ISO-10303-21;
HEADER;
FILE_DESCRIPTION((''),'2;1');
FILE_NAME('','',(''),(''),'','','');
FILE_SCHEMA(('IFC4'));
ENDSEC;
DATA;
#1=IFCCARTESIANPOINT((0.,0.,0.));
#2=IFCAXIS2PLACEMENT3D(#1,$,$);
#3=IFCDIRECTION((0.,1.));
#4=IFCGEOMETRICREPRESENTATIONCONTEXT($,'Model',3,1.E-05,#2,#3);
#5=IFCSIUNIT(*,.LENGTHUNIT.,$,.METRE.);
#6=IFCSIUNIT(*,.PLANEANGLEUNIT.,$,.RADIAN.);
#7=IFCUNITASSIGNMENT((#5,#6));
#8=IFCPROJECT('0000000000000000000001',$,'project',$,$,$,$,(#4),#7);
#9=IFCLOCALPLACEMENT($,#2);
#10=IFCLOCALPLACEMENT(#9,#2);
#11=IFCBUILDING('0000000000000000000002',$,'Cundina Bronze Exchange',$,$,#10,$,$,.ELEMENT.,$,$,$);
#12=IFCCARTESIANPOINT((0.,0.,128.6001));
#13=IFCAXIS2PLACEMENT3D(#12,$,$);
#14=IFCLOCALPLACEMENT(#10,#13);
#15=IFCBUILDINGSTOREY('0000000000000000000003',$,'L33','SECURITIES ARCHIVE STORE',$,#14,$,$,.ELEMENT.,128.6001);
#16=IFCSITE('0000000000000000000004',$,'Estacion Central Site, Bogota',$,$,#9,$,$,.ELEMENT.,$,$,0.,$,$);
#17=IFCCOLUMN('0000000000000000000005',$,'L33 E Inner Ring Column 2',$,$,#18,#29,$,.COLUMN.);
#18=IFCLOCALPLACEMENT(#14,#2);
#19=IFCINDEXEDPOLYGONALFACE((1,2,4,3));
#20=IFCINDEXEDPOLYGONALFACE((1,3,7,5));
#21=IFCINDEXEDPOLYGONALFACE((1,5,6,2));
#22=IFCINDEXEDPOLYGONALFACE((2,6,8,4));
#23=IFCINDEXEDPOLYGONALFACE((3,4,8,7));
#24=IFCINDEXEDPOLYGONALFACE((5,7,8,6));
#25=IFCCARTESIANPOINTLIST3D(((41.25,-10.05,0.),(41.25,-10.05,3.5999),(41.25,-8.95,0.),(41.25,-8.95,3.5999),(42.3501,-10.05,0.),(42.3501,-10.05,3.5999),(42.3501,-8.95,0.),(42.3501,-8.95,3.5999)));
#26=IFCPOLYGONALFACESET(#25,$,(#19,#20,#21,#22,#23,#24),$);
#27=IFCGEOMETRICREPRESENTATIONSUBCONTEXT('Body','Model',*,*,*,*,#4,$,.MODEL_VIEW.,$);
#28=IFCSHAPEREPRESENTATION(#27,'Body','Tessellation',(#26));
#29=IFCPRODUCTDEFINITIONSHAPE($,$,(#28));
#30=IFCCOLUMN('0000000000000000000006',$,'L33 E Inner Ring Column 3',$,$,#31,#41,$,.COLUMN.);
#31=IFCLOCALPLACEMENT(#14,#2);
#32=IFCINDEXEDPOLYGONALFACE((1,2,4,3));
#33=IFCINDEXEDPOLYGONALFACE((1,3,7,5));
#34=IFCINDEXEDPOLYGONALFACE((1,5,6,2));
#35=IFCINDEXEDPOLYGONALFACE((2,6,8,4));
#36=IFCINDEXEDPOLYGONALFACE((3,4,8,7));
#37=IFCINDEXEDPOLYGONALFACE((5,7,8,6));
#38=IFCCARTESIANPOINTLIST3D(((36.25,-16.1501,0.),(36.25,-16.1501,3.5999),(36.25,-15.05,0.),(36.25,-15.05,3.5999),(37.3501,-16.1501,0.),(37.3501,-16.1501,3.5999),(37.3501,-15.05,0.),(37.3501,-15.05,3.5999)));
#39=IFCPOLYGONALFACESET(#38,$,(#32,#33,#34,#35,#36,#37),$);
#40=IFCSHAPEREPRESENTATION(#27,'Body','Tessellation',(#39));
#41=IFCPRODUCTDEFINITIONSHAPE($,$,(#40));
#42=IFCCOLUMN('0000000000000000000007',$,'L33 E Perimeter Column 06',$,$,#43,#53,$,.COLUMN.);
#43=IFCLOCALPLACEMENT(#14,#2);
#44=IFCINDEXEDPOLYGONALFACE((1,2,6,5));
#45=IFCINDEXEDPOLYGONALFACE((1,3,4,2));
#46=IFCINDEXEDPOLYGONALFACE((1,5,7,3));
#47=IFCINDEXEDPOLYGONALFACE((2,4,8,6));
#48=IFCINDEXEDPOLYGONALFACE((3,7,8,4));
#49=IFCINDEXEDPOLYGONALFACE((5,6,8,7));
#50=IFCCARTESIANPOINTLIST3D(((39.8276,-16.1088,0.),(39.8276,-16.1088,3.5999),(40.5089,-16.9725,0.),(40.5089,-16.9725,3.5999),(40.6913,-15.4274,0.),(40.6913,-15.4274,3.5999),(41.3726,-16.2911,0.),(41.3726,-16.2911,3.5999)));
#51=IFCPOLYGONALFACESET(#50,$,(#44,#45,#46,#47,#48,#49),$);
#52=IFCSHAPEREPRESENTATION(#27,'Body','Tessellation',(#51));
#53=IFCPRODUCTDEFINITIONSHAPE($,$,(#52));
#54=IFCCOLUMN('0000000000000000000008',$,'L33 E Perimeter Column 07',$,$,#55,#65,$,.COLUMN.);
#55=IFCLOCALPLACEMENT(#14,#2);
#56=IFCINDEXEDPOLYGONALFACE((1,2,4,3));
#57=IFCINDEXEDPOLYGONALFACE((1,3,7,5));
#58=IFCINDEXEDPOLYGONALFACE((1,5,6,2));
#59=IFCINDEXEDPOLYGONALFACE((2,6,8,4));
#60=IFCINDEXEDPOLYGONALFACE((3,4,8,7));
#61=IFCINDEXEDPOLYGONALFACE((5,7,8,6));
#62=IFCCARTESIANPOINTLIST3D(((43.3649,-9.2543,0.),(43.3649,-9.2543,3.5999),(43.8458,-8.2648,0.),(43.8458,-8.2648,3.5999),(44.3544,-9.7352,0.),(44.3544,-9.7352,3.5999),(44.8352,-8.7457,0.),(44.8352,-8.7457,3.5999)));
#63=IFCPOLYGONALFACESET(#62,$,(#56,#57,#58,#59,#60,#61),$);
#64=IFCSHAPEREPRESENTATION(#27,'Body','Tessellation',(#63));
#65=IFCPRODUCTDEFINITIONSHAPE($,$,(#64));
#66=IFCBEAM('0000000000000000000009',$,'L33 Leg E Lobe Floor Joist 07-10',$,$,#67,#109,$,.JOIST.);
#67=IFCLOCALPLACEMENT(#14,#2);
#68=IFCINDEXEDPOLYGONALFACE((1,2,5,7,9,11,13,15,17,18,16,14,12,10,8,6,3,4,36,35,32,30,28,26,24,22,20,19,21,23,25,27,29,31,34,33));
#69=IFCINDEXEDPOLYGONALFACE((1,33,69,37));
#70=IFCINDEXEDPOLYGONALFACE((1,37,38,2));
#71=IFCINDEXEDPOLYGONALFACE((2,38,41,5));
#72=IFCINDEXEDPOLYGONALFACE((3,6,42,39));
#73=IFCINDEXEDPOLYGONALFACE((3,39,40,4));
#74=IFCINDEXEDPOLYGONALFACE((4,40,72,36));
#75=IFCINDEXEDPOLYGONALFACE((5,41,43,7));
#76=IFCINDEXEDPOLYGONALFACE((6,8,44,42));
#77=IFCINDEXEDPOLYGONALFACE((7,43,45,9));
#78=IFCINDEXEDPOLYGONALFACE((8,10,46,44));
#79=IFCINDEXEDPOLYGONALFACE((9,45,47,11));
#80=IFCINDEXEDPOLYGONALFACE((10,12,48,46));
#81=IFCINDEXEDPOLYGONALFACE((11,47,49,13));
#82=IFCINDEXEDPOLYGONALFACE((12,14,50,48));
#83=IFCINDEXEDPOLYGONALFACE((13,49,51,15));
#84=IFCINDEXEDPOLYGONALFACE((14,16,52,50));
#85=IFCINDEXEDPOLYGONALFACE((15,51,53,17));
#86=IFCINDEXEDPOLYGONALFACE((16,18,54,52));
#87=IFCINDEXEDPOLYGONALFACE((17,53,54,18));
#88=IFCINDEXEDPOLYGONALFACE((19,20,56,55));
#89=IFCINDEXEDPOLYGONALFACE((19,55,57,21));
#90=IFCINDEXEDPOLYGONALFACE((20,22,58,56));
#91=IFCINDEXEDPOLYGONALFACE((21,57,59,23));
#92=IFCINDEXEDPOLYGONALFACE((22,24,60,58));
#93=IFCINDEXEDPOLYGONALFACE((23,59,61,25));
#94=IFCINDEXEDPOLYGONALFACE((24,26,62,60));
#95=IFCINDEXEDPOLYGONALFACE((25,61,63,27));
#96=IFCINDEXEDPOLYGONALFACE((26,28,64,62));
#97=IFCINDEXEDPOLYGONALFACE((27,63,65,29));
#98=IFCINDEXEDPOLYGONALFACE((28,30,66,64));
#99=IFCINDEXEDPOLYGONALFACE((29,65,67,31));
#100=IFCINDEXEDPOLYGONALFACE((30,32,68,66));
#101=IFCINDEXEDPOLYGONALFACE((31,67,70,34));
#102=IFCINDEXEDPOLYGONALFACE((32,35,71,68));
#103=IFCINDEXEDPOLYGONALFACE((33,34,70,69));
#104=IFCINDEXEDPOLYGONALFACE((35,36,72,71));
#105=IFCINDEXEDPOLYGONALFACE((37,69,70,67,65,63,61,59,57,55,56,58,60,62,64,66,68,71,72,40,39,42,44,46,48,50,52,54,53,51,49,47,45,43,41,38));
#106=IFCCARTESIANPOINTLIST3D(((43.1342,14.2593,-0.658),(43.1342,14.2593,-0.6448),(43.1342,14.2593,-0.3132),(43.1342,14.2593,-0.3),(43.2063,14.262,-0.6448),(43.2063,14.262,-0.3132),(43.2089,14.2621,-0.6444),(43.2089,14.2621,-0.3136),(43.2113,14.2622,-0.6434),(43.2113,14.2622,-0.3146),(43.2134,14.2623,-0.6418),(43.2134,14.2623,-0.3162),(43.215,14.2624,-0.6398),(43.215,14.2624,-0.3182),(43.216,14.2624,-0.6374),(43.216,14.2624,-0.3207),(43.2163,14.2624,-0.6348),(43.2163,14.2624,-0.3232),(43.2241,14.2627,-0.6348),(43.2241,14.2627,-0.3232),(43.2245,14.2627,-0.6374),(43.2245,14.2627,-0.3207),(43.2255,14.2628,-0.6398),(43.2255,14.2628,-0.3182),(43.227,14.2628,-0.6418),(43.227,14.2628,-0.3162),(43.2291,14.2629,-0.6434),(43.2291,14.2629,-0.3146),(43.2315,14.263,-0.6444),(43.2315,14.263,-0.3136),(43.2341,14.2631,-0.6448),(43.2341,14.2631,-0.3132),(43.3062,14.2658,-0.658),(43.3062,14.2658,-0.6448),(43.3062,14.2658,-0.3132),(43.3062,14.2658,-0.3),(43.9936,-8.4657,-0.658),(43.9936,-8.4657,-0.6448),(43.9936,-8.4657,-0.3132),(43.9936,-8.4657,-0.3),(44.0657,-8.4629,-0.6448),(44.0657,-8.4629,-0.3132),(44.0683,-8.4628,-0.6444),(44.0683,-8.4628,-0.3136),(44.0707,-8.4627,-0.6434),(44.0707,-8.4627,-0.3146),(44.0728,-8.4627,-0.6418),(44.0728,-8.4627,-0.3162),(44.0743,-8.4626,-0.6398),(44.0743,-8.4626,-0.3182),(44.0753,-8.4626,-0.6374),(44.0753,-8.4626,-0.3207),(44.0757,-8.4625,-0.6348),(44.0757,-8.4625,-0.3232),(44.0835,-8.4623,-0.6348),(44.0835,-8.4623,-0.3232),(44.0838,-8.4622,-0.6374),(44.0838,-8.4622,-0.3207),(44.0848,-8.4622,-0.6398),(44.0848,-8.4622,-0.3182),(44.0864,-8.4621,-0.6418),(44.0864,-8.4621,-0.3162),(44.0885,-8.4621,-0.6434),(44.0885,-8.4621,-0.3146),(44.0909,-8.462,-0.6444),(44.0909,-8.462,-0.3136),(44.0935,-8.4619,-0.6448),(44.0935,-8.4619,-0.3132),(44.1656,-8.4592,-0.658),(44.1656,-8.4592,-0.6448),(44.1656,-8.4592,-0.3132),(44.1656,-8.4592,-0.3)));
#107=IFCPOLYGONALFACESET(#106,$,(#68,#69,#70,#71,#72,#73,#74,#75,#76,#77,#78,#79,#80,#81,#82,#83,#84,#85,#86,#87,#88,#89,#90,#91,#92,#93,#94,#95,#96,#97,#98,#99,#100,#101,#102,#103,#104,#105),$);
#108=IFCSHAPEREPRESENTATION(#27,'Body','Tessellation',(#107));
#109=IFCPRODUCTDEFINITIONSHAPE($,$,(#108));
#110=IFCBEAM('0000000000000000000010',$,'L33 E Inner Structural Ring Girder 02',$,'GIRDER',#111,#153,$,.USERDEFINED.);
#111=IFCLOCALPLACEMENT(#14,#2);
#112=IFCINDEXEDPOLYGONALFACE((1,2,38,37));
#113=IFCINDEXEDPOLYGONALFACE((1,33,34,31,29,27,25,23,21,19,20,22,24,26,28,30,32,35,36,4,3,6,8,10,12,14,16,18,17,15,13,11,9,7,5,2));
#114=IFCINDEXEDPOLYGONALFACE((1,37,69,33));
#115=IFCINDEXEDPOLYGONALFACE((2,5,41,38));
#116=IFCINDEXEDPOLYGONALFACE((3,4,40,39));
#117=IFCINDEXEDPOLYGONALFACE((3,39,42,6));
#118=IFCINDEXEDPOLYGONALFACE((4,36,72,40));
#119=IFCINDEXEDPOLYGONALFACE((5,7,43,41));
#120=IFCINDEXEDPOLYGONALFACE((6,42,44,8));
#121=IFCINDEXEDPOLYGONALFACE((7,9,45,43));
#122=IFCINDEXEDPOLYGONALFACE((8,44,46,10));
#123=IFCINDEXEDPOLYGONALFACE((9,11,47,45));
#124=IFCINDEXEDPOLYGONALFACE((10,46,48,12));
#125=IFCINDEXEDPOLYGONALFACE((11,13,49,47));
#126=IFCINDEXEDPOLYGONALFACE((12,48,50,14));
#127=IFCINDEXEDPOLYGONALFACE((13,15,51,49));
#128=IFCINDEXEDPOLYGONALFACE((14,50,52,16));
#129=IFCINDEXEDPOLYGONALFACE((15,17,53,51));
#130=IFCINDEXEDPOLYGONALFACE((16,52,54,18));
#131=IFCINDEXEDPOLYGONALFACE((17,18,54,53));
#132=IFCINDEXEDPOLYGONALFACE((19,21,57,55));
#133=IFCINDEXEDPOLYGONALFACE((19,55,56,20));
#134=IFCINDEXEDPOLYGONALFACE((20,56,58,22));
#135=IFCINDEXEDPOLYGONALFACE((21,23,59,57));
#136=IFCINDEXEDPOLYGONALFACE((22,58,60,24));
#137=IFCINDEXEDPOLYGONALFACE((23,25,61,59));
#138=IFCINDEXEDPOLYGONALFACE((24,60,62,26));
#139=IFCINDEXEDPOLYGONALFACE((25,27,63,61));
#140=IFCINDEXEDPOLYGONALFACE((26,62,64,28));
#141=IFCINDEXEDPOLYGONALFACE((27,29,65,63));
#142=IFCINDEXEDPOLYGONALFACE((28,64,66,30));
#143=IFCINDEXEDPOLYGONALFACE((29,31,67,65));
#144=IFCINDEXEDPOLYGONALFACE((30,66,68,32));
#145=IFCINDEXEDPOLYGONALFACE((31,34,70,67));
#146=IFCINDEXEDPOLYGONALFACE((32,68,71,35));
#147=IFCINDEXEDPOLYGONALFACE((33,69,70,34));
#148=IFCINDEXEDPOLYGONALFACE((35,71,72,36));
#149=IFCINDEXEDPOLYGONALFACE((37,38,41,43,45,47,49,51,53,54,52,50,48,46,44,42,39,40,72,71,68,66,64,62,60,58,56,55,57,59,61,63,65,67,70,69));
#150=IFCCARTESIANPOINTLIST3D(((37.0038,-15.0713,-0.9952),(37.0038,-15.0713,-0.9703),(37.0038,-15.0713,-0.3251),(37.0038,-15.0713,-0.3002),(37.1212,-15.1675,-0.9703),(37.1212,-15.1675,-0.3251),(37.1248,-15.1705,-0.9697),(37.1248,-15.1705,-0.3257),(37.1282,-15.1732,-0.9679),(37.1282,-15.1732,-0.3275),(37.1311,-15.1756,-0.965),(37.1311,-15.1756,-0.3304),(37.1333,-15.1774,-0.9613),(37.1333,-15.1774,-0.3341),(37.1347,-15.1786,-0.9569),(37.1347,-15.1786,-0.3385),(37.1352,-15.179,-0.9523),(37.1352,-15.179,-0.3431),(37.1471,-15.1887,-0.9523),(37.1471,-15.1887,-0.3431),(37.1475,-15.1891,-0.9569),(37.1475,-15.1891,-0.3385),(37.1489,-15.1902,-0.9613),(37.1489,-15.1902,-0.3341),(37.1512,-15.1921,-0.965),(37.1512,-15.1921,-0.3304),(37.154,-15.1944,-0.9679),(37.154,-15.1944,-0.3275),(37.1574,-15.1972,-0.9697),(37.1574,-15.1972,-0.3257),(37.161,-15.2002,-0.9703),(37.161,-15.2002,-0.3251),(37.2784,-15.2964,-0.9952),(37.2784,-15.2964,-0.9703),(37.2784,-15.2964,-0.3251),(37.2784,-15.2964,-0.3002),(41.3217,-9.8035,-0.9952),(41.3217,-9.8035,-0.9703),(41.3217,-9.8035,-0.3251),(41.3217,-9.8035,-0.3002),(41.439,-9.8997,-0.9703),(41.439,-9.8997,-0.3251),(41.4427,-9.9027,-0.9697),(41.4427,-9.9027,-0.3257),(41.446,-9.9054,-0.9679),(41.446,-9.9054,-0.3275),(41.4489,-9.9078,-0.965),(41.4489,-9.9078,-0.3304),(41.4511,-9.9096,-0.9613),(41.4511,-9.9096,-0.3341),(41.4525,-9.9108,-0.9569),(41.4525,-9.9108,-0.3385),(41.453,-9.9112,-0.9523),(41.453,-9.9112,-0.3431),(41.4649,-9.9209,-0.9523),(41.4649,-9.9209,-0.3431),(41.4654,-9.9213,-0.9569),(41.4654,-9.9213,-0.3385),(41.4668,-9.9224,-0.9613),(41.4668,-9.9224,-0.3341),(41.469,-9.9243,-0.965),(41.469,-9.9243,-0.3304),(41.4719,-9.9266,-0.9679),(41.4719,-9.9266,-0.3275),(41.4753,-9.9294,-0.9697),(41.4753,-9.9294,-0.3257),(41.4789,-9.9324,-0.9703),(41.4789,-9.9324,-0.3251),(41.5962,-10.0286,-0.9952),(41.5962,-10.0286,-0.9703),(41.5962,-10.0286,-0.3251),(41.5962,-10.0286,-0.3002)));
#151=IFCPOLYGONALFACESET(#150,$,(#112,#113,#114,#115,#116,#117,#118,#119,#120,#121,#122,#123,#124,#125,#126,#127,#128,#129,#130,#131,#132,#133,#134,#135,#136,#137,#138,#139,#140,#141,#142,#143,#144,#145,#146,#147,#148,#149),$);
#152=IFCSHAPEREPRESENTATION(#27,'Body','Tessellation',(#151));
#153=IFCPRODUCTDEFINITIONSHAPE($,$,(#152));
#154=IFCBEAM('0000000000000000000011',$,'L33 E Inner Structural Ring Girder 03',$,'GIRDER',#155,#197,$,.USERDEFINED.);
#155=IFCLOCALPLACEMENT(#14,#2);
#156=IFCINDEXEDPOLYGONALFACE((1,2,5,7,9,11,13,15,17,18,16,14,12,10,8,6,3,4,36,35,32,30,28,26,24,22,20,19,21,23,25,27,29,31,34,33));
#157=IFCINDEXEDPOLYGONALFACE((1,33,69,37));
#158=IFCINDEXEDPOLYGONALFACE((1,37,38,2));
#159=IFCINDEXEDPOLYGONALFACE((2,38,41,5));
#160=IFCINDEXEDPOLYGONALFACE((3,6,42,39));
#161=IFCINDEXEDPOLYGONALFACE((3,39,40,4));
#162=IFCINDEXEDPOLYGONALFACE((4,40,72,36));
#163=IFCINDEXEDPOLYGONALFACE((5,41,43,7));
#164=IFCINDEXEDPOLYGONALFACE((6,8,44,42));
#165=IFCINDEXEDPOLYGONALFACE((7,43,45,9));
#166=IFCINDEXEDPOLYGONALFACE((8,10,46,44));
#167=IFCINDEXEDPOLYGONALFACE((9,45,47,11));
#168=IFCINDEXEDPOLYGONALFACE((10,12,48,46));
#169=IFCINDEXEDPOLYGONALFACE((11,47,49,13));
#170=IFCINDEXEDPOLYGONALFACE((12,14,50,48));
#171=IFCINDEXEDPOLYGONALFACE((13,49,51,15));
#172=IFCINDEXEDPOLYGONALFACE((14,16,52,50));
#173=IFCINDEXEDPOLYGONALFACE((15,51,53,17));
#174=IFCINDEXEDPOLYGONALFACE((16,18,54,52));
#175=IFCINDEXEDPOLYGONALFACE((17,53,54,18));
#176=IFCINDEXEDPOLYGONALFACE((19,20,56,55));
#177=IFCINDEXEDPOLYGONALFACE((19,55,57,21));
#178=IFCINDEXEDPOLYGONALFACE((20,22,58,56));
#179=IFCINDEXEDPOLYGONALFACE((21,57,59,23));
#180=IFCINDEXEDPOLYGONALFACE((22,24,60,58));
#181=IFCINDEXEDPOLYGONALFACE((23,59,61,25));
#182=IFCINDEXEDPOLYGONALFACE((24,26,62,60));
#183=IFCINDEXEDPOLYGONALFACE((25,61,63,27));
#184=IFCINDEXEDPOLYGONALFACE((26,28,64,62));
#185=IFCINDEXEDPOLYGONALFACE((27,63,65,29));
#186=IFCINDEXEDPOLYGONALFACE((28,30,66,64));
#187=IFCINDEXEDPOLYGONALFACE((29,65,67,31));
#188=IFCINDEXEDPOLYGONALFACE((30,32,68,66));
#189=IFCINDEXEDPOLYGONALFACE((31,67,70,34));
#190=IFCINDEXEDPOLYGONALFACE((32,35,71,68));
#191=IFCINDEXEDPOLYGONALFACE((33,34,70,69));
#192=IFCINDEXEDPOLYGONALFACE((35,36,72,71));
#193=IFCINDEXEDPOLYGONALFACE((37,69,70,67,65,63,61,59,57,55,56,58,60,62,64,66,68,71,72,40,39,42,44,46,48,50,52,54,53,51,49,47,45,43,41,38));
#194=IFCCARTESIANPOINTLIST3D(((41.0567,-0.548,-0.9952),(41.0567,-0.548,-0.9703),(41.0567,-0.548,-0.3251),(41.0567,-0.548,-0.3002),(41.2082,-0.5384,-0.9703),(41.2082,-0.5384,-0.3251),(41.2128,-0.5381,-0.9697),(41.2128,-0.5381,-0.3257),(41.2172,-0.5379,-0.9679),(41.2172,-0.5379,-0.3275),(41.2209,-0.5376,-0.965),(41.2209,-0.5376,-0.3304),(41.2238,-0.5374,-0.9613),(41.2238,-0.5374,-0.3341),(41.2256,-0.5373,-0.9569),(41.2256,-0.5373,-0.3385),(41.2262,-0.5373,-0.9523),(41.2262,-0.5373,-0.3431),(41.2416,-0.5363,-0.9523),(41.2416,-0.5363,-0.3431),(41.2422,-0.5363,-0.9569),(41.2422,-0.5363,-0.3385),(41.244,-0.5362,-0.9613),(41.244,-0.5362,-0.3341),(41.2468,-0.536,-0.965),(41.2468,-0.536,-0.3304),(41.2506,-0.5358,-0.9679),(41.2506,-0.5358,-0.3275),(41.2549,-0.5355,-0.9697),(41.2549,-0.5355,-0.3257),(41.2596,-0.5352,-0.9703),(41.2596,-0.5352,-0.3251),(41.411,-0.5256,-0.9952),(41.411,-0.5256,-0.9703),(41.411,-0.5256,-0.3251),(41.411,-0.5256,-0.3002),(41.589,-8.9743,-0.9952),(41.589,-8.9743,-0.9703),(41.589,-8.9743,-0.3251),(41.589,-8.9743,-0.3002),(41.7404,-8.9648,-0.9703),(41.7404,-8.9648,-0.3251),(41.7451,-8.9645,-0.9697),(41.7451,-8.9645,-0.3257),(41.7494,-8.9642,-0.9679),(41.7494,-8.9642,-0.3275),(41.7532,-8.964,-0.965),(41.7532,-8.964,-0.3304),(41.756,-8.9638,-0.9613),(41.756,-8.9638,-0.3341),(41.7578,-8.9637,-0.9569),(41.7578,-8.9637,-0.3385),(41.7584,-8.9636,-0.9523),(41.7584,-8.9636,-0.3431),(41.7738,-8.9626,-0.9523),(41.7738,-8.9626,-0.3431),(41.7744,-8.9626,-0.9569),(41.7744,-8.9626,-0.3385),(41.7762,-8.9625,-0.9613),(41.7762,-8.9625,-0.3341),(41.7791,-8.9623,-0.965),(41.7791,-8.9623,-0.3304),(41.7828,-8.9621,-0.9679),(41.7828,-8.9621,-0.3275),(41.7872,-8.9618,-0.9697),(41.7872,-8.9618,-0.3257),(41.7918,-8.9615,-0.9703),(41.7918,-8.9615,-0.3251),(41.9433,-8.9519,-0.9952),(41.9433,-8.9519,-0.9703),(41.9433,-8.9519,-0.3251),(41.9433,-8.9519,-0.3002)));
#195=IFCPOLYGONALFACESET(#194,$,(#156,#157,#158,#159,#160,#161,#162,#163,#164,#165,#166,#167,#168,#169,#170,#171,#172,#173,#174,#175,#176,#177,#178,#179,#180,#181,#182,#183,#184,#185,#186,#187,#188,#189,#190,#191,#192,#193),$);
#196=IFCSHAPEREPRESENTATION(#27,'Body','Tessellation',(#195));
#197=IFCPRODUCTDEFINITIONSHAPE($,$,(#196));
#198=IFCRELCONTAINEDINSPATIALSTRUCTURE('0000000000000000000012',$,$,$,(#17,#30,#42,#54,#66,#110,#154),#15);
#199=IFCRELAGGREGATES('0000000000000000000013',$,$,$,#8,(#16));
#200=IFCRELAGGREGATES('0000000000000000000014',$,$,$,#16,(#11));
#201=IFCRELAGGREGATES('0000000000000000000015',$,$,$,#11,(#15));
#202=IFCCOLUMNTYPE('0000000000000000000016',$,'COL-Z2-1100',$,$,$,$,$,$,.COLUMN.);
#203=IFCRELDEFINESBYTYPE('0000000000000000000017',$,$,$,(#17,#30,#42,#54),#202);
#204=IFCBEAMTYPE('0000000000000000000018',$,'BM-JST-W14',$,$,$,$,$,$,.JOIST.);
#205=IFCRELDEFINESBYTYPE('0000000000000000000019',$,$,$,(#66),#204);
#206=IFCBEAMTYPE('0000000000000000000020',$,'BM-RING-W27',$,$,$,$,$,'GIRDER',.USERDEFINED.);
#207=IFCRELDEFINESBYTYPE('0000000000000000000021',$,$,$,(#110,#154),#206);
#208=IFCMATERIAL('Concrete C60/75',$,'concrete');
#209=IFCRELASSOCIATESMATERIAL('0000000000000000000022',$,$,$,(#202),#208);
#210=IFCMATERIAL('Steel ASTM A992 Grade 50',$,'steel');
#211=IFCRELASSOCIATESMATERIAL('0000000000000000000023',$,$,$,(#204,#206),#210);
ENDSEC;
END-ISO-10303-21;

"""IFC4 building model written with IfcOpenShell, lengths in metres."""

from ifc_helpers import new_model, si_unit, direction, frame, origin, origin_2d, place, context, subcontext, project, spatial, rectangle, i_section, extrude, material, material_profile, profile_set, type_object, element, save


model = new_model("IFC4")

# Units and contexts
model_context = context("Model", 3, precision=1e-05, world=origin(), true_north=direction((0.0, 1.0)))
body_context = subcontext(model_context, "Body", "Model", "MODEL_VIEW")
ifc_project = project(units=[si_unit("LENGTHUNIT", "METRE"), si_unit("PLANEANGLEUNIT", "RADIAN")], contexts=[model_context])

# Site, building, storey
site_placement = place(None, origin())
site = spatial("IfcSite", under=ifc_project, at=site_placement, Name="Estacion Central Site, Bogota", CompositionType="ELEMENT", RefElevation=0.0)
building_placement = place(site_placement, origin())
building = spatial("IfcBuilding", under=site, at=building_placement, Name="Cundina Bronze Exchange", CompositionType="ELEMENT")
storey_placement = place(building_placement, frame((0.0, 0.0, 128.6001)))
storey = spatial("IfcBuildingStorey", under=building, at=storey_placement, Name="L33", Description="SECURITIES ARCHIVE STORE", CompositionType="ELEMENT", Elevation=128.6001)

# Columns
ifc_material_1 = material(Name="Concrete C60/75", Category="concrete")
ifc_material_profile_1 = material_profile(ifc_material_1, rectangle(XDim=1.1001, YDim=1.1001, at=origin_2d()), Name="RC1100X1100", Category="concrete")
ifc_profile_set_1 = profile_set([ifc_material_profile_1], Name="Concrete C60/75")
column_type = type_object("IfcColumnType", Name="COL-Z2-1100", PredefinedType="COLUMN", material=ifc_profile_set_1)
for number, where, z_axis, x_axis, name in (
    (1, (41.8, -9.5, 0.0), (0.0, 0.0, 1.0), (1.0, 0.0, 0.0), "L33 E Inner Ring Column 2"),
    (2, (36.8, -15.6001, 0.0), (0.0, 0.0, 1.0), (1.0, 0.0, 0.0), "L33 E Inner Ring Column 3"),
    (3, (40.6001, -16.2, 0.0), (0.0, 0.0, 1.0), (0.785101, 0.619368, 0.0), "L33 E Perimeter Column 06"),
    (4, (44.1001, -9.0, 0.0), (0.0, 0.0, 1.0), (0.437116, 0.899405, 0.0), "L33 E Perimeter Column 07"),
):
    element("IfcColumn", number, at=place(storey_placement, frame(where, z_axis=z_axis, x_axis=x_axis)), inside=storey, type_object=column_type, Name=name, PredefinedType="COLUMN", context=body_context, shape_type="SweptSolid", body=[
        extrude(rectangle(XDim=1.1001, YDim=1.1001, at=origin_2d()), origin(), (0.0, 0.0, 1.0), 3.5999),
    ])

# Beams
ifc_material_2 = material(Name="Steel ASTM A992 Grade 50", Category="steel")
ifc_material_profile_2 = material_profile(ifc_material_2, i_section(OverallWidth=0.1721, OverallDepth=0.3579, WebThickness=0.0078, FlangeThickness=0.0132, FilletRadius=0.01, at=origin_2d()), Name="W14X38", Category="steel")
ifc_profile_set_2 = profile_set([ifc_material_profile_2], Name="Steel ASTM A992 Grade 50")
beam_type_1 = type_object("IfcBeamType", Name="BM-JST-W14", PredefinedType="JOIST", material=ifc_profile_set_2)
beam_1_placement = place(storey_placement, frame((44.0796, -8.4624, -0.479), z_axis=(-0.03779, 0.999286, 0.0), x_axis=(-0.999286, -0.03779, 0.0)))
element("IfcBeam", 5, at=beam_1_placement, inside=storey, type_object=beam_type_1, Name="L33 Leg E Lobe Floor Joist 07-10", PredefinedType="JOIST", context=body_context, shape_type="SweptSolid", body=[
    extrude(i_section(OverallWidth=0.1721, OverallDepth=0.3579, WebThickness=0.0078, FlangeThickness=0.0132, FilletRadius=0.01, at=origin_2d()), origin(), (0.0, 0.0, 1.0), 22.7412),
])
ifc_material_profile_3 = material_profile(ifc_material_2, i_section(OverallWidth=0.355, OverallDepth=0.6951, WebThickness=0.0154, FlangeThickness=0.0249, FilletRadius=0.0181, at=origin_2d()), Name="W27X146", Category="steel")
ifc_profile_set_3 = profile_set([ifc_material_profile_3], Name="Steel ASTM A992 Grade 50")
beam_type_2 = type_object("IfcBeamType", Name="BM-RING-W27", ElementType="GIRDER", PredefinedType="USERDEFINED", material=ifc_profile_set_3)
beam_2_placement = place(storey_placement, frame((37.1411, -15.1838, -0.6477), z_axis=(0.633927, 0.773393, 0.0), x_axis=(-0.773393, 0.633927, 0.0)))
element("IfcBeam", 6, at=beam_2_placement, inside=storey, type_object=beam_type_2, Name="L33 E Inner Structural Ring Girder 02", ObjectType="GIRDER", PredefinedType="USERDEFINED", context=body_context, shape_type="SweptSolid", body=[
    extrude(i_section(OverallWidth=0.355, OverallDepth=0.6951, WebThickness=0.0154, FlangeThickness=0.0249, FilletRadius=0.0181, at=origin_2d()), origin(), (0.0, 0.0, 1.0), 6.8113),
])
beam_3_placement = place(storey_placement, frame((41.7661, -8.9631, -0.6477), z_axis=(-0.063037, 0.998011, 0.0), x_axis=(-0.998011, -0.063037, 0.0)))
element("IfcBeam", 7, at=beam_3_placement, inside=storey, type_object=beam_type_2, Name="L33 E Inner Structural Ring Girder 03", ObjectType="GIRDER", PredefinedType="USERDEFINED", context=body_context, shape_type="SweptSolid", body=[
    extrude(i_section(OverallWidth=0.355, OverallDepth=0.6951, WebThickness=0.0154, FlangeThickness=0.0249, FilletRadius=0.0181, at=origin_2d()), origin(), (0.0, 0.0, 1.0), 8.4431),
])

save(model, "model.ifc")
